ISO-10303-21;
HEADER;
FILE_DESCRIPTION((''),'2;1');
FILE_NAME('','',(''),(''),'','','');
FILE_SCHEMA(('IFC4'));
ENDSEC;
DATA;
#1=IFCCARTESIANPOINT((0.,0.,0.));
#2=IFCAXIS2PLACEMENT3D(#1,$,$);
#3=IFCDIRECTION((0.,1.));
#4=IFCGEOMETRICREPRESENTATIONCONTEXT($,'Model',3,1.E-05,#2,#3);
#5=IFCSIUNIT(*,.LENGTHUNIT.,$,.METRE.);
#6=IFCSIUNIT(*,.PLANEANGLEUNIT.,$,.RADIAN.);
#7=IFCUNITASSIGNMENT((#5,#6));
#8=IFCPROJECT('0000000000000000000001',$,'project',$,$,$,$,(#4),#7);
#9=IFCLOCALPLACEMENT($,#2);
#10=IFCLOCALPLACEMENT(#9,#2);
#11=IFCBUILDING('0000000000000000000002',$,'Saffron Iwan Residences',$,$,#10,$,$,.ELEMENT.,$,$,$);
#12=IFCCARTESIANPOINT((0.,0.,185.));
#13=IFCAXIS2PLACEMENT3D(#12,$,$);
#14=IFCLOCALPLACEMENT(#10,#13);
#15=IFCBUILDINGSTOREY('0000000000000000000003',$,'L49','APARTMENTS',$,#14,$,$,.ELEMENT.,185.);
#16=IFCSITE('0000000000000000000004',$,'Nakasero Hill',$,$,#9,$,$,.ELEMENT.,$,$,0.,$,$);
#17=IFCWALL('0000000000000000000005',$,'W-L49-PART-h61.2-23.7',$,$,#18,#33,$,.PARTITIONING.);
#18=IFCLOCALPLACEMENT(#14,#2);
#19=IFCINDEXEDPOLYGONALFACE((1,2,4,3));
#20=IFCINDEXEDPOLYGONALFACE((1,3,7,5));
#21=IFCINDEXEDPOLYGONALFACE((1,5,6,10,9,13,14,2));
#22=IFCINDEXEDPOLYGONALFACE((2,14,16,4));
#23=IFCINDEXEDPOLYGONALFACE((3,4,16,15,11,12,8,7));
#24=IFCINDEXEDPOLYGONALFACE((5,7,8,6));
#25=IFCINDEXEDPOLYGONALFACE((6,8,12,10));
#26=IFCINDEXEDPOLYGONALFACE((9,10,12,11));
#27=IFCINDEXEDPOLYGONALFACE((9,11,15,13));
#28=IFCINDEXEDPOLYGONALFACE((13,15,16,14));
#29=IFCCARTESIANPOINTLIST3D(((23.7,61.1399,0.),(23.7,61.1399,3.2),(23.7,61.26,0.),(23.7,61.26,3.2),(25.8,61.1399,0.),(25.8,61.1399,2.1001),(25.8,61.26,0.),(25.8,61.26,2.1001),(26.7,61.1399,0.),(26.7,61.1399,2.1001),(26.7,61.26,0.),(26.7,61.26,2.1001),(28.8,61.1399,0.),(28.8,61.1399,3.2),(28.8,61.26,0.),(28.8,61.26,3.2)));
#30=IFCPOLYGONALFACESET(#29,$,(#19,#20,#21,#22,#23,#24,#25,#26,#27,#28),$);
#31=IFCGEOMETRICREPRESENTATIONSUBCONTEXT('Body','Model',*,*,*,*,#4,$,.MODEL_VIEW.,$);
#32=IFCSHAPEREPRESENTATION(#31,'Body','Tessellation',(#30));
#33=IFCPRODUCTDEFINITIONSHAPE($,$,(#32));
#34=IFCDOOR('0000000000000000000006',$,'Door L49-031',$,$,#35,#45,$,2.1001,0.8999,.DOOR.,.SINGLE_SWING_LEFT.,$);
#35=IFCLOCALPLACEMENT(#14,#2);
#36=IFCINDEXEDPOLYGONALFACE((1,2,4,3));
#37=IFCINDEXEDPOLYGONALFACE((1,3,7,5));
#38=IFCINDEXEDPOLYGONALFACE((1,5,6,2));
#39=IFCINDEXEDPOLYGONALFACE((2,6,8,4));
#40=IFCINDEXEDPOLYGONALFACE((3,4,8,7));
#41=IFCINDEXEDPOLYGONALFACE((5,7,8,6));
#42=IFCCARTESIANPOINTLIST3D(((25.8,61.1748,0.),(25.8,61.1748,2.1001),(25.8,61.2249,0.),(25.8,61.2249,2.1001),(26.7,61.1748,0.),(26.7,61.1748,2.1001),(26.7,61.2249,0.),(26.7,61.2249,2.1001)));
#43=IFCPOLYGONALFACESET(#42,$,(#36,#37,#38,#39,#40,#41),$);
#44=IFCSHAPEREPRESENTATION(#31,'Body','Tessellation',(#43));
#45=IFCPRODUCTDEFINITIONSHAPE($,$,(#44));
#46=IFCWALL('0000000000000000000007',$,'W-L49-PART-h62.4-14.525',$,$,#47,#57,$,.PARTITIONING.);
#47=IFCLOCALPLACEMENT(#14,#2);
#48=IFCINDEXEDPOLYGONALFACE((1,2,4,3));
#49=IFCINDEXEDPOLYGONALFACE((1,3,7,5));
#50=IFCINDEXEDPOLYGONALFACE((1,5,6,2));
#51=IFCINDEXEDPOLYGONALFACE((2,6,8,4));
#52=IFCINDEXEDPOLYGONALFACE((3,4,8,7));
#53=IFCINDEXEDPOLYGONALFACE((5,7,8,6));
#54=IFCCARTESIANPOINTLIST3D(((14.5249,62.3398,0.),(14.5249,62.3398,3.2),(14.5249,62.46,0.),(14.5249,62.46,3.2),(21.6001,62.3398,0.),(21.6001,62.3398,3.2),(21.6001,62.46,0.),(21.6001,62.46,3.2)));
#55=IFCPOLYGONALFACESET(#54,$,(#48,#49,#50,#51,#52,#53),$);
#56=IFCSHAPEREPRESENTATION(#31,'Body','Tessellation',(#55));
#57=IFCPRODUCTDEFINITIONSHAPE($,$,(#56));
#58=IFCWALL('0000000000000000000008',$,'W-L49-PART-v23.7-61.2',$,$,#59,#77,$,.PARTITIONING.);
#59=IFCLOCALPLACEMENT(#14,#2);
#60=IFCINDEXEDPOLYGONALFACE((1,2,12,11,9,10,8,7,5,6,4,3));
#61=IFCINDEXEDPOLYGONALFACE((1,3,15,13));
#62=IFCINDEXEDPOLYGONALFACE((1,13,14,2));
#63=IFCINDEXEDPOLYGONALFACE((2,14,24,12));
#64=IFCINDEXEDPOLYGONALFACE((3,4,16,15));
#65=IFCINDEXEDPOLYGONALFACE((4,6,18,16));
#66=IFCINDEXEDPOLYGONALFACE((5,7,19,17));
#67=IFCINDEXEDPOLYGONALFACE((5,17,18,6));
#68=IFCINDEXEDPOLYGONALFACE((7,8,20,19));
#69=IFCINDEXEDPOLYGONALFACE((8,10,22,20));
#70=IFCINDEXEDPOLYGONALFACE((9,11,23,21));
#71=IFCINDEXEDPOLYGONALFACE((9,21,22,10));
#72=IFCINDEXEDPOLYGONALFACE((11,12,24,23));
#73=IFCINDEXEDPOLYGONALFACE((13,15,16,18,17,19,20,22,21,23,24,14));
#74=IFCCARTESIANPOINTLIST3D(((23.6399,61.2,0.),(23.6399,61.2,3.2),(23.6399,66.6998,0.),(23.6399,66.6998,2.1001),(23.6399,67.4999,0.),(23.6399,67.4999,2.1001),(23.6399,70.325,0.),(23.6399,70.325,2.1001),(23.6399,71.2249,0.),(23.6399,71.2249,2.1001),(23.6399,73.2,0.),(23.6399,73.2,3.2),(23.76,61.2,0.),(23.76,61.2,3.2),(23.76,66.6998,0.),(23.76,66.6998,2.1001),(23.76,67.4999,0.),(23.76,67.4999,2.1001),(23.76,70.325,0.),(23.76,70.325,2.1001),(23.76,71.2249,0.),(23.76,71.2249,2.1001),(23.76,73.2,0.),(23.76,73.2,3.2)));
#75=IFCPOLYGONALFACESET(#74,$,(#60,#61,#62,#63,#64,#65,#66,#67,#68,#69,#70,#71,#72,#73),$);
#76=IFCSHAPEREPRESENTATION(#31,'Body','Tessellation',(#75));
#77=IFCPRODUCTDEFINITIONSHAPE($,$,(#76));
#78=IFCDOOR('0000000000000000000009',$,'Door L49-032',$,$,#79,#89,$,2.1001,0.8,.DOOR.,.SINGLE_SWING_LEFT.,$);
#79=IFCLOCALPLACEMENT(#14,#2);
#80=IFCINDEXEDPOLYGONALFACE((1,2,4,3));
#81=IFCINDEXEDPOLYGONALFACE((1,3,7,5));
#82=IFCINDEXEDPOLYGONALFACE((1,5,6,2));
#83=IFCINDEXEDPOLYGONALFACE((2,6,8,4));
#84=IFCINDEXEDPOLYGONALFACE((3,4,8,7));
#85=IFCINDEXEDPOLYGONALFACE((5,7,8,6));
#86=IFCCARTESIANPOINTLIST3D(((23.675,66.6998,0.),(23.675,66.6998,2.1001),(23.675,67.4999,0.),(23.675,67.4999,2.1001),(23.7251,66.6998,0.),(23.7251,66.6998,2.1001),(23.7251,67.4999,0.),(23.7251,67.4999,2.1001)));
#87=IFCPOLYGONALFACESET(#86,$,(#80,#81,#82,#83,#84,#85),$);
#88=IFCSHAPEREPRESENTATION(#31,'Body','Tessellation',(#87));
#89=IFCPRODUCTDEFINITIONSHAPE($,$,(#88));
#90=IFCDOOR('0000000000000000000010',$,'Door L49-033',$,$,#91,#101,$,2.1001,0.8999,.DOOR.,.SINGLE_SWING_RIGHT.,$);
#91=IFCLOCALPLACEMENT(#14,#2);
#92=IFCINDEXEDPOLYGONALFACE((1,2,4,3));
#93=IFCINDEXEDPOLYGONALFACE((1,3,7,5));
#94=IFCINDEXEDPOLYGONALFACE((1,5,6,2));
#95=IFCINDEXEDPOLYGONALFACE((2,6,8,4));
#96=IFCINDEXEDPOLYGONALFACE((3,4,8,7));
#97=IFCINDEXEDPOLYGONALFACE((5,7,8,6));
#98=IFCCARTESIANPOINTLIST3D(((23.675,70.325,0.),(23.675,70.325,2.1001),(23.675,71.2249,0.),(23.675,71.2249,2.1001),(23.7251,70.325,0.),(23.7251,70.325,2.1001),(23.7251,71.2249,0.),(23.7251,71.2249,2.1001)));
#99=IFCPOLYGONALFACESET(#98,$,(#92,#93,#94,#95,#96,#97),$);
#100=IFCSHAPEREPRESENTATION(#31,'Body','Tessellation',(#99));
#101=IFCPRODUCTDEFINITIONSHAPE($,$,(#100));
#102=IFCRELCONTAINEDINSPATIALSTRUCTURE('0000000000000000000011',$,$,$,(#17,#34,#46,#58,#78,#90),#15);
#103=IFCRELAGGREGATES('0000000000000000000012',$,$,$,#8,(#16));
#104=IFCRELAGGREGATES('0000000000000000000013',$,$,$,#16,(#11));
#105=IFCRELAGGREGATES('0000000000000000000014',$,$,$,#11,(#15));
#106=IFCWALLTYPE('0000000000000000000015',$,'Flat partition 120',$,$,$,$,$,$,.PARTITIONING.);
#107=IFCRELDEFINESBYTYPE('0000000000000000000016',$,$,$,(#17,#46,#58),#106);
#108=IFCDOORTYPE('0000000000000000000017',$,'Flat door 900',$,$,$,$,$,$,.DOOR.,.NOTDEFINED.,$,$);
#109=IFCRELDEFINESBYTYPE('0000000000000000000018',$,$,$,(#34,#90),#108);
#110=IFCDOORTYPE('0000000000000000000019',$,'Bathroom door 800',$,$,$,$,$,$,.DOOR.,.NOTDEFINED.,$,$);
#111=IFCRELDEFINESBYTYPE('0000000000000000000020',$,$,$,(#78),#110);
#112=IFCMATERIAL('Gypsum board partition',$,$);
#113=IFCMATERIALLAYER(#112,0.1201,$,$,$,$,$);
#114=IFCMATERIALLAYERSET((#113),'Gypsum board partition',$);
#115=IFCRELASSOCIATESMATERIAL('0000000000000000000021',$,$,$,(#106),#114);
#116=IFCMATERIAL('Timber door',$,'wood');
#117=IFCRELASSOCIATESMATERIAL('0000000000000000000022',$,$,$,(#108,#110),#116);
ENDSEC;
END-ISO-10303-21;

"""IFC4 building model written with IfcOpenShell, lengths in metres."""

from ifc_helpers import new_model, si_unit, direction, frame, frame_2d, origin, place, context, subcontext, project, spatial, rectangle, extrude, material, layer, layer_set, type_object, element, fill, save


model = new_model("IFC4")

# Units and contexts
model_context = context("Model", 3, precision=1e-05, world=origin(), true_north=direction((0.0, 1.0)))
body_context = subcontext(model_context, "Body", "Model", "MODEL_VIEW")
ifc_project = project(units=[si_unit("LENGTHUNIT", "METRE"), si_unit("PLANEANGLEUNIT", "RADIAN")], contexts=[model_context])

# Site, building, storey
site_placement = place(None, origin())
site = spatial("IfcSite", under=ifc_project, at=site_placement, Name="Nakasero Hill", CompositionType="ELEMENT", RefElevation=0.0)
building_placement = place(site_placement, origin())
building = spatial("IfcBuilding", under=site, at=building_placement, Name="Saffron Iwan Residences", CompositionType="ELEMENT")
storey_placement = place(building_placement, frame((0.0, 0.0, 185.0)))
storey = spatial("IfcBuildingStorey", under=building, at=storey_placement, Name="L49", Description="APARTMENTS", CompositionType="ELEMENT", Elevation=185.0)

# Shared definitions
ifc_material_1 = material(Name="Gypsum board partition")
ifc_layer_1 = layer(ifc_material_1, 0.1201)
ifc_layer_set_1 = layer_set([ifc_layer_1], Name="Gypsum board partition")
wall_type_1 = type_object("IfcWallType", Name="Flat partition 120", PredefinedType="PARTITIONING", material=ifc_layer_set_1)

# Wall, opening, door
wall_1_placement = place(storey_placement, frame((23.7, 61.2, 0.0), z_axis=(0.0, 0.0, 1.0), x_axis=(1.0, 0.0, 0.0)))
wall_1 = element("IfcWall", 1, at=wall_1_placement, inside=storey, type_object=wall_type_1, Name="W-L49-PART-h61.2-23.7", PredefinedType="PARTITIONING", context=body_context, shape_type="SweptSolid", body=[
    extrude(rectangle(XDim=5.1001, YDim=0.1201, at=frame_2d((2.55, 0.0))), origin(), (0.0, 0.0, 1.0), 3.2),
])
opening_1_placement = place(wall_1_placement, frame((2.1001, 0.0, 0.0)))
opening_1 = element("IfcOpeningElement", 2, at=opening_1_placement, cuts=wall_1, PredefinedType="OPENING", context=body_context, shape_type="SweptSolid", body=[
    extrude(rectangle(XDim=0.8999, YDim=2.1001, at=frame_2d((0.45, 1.05))), frame((0.0, 0.0701, 0.0), z_axis=(0.0, -1.0, 0.0), x_axis=(1.0, 0.0, 0.0)), (0.0, 0.0, 1.0), 0.1401),
])
ifc_material_2 = material(Name="Timber door", Category="wood")
door_type_1 = type_object("IfcDoorType", Name="Flat door 900", OperationType="NOTDEFINED", PredefinedType="DOOR", material=ifc_material_2)
door_1_placement = place(opening_1_placement, origin())
door_1 = element("IfcDoor", 3, at=door_1_placement, inside=storey, type_object=door_type_1, Name="Door L49-031", OperationType="SINGLE_SWING_LEFT", OverallHeight=2.1001, OverallWidth=0.8999, PredefinedType="DOOR", context=body_context, shape_type="SweptSolid", body=[
    extrude(rectangle(XDim=0.8999, YDim=2.1001, at=frame_2d((0.45, 1.05))), frame((0.0, 0.0249, 0.0), z_axis=(0.0, -1.0, 0.0), x_axis=(1.0, 0.0, 0.0)), (0.0, 0.0, 1.0), 0.05),
])
fill(opening_1, door_1)

# Wall
wall_2_placement = place(storey_placement, frame((14.5249, 62.3999, 0.0), z_axis=(0.0, 0.0, 1.0), x_axis=(1.0, 0.0, 0.0)))
element("IfcWall", 4, at=wall_2_placement, inside=storey, type_object=wall_type_1, Name="W-L49-PART-h62.4-14.525", PredefinedType="PARTITIONING", context=body_context, shape_type="SweptSolid", body=[
    extrude(rectangle(XDim=7.0752, YDim=0.1201, at=frame_2d((3.5376, 0.0))), origin(), (0.0, 0.0, 1.0), 3.2),
])

# Wall, openings, doors
wall_3_placement = place(storey_placement, frame((23.7, 61.2, 0.0), z_axis=(0.0, 0.0, 1.0), x_axis=(0.0, 1.0, 0.0)))
wall_3 = element("IfcWall", 5, at=wall_3_placement, inside=storey, type_object=wall_type_1, Name="W-L49-PART-v23.7-61.2", PredefinedType="PARTITIONING", context=body_context, shape_type="SweptSolid", body=[
    extrude(rectangle(XDim=12.0, YDim=0.1201, at=frame_2d((6.0, 0.0))), origin(), (0.0, 0.0, 1.0), 3.2),
])
opening_2_placement = place(wall_3_placement, frame((5.5, 0.0, 0.0)))
opening_2 = element("IfcOpeningElement", 6, at=opening_2_placement, cuts=wall_3, PredefinedType="OPENING", context=body_context, shape_type="SweptSolid", body=[
    extrude(rectangle(XDim=0.8, YDim=2.1001, at=frame_2d((0.3999, 1.05))), frame((0.0, 0.0701, 0.0), z_axis=(0.0, -1.0, 0.0), x_axis=(1.0, 0.0, 0.0)), (0.0, 0.0, 1.0), 0.1401),
])
opening_3_placement = place(wall_3_placement, frame((9.125, 0.0, 0.0)))
opening_3 = element("IfcOpeningElement", 7, at=opening_3_placement, cuts=wall_3, PredefinedType="OPENING", context=body_context, shape_type="SweptSolid", body=[
    extrude(rectangle(XDim=0.8999, YDim=2.1001, at=frame_2d((0.45, 1.05))), frame((0.0, 0.0701, 0.0), z_axis=(0.0, -1.0, 0.0), x_axis=(1.0, 0.0, 0.0)), (0.0, 0.0, 1.0), 0.1401),
])
door_type_2 = type_object("IfcDoorType", Name="Bathroom door 800", OperationType="NOTDEFINED", PredefinedType="DOOR", material=ifc_material_2)
door_2_placement = place(opening_2_placement, origin())
door_2 = element("IfcDoor", 8, at=door_2_placement, inside=storey, type_object=door_type_2, Name="Door L49-032", OperationType="SINGLE_SWING_LEFT", OverallHeight=2.1001, OverallWidth=0.8, PredefinedType="DOOR", context=body_context, shape_type="SweptSolid", body=[
    extrude(rectangle(XDim=0.8, YDim=2.1001, at=frame_2d((0.3999, 1.05))), frame((0.0, 0.0249, 0.0), z_axis=(0.0, -1.0, 0.0), x_axis=(1.0, 0.0, 0.0)), (0.0, 0.0, 1.0), 0.05),
])
fill(opening_2, door_2)
door_3_placement = place(opening_3_placement, origin())
door_3 = element("IfcDoor", 9, at=door_3_placement, inside=storey, type_object=door_type_1, Name="Door L49-033", OperationType="SINGLE_SWING_RIGHT", OverallHeight=2.1001, OverallWidth=0.8999, PredefinedType="DOOR", context=body_context, shape_type="SweptSolid", body=[
    extrude(rectangle(XDim=0.8999, YDim=2.1001, at=frame_2d((0.45, 1.05))), frame((0.0, 0.0249, 0.0), z_axis=(0.0, -1.0, 0.0), x_axis=(1.0, 0.0, 0.0)), (0.0, 0.0, 1.0), 0.05),
])
fill(opening_3, door_3)

save(model, "model.ifc")
